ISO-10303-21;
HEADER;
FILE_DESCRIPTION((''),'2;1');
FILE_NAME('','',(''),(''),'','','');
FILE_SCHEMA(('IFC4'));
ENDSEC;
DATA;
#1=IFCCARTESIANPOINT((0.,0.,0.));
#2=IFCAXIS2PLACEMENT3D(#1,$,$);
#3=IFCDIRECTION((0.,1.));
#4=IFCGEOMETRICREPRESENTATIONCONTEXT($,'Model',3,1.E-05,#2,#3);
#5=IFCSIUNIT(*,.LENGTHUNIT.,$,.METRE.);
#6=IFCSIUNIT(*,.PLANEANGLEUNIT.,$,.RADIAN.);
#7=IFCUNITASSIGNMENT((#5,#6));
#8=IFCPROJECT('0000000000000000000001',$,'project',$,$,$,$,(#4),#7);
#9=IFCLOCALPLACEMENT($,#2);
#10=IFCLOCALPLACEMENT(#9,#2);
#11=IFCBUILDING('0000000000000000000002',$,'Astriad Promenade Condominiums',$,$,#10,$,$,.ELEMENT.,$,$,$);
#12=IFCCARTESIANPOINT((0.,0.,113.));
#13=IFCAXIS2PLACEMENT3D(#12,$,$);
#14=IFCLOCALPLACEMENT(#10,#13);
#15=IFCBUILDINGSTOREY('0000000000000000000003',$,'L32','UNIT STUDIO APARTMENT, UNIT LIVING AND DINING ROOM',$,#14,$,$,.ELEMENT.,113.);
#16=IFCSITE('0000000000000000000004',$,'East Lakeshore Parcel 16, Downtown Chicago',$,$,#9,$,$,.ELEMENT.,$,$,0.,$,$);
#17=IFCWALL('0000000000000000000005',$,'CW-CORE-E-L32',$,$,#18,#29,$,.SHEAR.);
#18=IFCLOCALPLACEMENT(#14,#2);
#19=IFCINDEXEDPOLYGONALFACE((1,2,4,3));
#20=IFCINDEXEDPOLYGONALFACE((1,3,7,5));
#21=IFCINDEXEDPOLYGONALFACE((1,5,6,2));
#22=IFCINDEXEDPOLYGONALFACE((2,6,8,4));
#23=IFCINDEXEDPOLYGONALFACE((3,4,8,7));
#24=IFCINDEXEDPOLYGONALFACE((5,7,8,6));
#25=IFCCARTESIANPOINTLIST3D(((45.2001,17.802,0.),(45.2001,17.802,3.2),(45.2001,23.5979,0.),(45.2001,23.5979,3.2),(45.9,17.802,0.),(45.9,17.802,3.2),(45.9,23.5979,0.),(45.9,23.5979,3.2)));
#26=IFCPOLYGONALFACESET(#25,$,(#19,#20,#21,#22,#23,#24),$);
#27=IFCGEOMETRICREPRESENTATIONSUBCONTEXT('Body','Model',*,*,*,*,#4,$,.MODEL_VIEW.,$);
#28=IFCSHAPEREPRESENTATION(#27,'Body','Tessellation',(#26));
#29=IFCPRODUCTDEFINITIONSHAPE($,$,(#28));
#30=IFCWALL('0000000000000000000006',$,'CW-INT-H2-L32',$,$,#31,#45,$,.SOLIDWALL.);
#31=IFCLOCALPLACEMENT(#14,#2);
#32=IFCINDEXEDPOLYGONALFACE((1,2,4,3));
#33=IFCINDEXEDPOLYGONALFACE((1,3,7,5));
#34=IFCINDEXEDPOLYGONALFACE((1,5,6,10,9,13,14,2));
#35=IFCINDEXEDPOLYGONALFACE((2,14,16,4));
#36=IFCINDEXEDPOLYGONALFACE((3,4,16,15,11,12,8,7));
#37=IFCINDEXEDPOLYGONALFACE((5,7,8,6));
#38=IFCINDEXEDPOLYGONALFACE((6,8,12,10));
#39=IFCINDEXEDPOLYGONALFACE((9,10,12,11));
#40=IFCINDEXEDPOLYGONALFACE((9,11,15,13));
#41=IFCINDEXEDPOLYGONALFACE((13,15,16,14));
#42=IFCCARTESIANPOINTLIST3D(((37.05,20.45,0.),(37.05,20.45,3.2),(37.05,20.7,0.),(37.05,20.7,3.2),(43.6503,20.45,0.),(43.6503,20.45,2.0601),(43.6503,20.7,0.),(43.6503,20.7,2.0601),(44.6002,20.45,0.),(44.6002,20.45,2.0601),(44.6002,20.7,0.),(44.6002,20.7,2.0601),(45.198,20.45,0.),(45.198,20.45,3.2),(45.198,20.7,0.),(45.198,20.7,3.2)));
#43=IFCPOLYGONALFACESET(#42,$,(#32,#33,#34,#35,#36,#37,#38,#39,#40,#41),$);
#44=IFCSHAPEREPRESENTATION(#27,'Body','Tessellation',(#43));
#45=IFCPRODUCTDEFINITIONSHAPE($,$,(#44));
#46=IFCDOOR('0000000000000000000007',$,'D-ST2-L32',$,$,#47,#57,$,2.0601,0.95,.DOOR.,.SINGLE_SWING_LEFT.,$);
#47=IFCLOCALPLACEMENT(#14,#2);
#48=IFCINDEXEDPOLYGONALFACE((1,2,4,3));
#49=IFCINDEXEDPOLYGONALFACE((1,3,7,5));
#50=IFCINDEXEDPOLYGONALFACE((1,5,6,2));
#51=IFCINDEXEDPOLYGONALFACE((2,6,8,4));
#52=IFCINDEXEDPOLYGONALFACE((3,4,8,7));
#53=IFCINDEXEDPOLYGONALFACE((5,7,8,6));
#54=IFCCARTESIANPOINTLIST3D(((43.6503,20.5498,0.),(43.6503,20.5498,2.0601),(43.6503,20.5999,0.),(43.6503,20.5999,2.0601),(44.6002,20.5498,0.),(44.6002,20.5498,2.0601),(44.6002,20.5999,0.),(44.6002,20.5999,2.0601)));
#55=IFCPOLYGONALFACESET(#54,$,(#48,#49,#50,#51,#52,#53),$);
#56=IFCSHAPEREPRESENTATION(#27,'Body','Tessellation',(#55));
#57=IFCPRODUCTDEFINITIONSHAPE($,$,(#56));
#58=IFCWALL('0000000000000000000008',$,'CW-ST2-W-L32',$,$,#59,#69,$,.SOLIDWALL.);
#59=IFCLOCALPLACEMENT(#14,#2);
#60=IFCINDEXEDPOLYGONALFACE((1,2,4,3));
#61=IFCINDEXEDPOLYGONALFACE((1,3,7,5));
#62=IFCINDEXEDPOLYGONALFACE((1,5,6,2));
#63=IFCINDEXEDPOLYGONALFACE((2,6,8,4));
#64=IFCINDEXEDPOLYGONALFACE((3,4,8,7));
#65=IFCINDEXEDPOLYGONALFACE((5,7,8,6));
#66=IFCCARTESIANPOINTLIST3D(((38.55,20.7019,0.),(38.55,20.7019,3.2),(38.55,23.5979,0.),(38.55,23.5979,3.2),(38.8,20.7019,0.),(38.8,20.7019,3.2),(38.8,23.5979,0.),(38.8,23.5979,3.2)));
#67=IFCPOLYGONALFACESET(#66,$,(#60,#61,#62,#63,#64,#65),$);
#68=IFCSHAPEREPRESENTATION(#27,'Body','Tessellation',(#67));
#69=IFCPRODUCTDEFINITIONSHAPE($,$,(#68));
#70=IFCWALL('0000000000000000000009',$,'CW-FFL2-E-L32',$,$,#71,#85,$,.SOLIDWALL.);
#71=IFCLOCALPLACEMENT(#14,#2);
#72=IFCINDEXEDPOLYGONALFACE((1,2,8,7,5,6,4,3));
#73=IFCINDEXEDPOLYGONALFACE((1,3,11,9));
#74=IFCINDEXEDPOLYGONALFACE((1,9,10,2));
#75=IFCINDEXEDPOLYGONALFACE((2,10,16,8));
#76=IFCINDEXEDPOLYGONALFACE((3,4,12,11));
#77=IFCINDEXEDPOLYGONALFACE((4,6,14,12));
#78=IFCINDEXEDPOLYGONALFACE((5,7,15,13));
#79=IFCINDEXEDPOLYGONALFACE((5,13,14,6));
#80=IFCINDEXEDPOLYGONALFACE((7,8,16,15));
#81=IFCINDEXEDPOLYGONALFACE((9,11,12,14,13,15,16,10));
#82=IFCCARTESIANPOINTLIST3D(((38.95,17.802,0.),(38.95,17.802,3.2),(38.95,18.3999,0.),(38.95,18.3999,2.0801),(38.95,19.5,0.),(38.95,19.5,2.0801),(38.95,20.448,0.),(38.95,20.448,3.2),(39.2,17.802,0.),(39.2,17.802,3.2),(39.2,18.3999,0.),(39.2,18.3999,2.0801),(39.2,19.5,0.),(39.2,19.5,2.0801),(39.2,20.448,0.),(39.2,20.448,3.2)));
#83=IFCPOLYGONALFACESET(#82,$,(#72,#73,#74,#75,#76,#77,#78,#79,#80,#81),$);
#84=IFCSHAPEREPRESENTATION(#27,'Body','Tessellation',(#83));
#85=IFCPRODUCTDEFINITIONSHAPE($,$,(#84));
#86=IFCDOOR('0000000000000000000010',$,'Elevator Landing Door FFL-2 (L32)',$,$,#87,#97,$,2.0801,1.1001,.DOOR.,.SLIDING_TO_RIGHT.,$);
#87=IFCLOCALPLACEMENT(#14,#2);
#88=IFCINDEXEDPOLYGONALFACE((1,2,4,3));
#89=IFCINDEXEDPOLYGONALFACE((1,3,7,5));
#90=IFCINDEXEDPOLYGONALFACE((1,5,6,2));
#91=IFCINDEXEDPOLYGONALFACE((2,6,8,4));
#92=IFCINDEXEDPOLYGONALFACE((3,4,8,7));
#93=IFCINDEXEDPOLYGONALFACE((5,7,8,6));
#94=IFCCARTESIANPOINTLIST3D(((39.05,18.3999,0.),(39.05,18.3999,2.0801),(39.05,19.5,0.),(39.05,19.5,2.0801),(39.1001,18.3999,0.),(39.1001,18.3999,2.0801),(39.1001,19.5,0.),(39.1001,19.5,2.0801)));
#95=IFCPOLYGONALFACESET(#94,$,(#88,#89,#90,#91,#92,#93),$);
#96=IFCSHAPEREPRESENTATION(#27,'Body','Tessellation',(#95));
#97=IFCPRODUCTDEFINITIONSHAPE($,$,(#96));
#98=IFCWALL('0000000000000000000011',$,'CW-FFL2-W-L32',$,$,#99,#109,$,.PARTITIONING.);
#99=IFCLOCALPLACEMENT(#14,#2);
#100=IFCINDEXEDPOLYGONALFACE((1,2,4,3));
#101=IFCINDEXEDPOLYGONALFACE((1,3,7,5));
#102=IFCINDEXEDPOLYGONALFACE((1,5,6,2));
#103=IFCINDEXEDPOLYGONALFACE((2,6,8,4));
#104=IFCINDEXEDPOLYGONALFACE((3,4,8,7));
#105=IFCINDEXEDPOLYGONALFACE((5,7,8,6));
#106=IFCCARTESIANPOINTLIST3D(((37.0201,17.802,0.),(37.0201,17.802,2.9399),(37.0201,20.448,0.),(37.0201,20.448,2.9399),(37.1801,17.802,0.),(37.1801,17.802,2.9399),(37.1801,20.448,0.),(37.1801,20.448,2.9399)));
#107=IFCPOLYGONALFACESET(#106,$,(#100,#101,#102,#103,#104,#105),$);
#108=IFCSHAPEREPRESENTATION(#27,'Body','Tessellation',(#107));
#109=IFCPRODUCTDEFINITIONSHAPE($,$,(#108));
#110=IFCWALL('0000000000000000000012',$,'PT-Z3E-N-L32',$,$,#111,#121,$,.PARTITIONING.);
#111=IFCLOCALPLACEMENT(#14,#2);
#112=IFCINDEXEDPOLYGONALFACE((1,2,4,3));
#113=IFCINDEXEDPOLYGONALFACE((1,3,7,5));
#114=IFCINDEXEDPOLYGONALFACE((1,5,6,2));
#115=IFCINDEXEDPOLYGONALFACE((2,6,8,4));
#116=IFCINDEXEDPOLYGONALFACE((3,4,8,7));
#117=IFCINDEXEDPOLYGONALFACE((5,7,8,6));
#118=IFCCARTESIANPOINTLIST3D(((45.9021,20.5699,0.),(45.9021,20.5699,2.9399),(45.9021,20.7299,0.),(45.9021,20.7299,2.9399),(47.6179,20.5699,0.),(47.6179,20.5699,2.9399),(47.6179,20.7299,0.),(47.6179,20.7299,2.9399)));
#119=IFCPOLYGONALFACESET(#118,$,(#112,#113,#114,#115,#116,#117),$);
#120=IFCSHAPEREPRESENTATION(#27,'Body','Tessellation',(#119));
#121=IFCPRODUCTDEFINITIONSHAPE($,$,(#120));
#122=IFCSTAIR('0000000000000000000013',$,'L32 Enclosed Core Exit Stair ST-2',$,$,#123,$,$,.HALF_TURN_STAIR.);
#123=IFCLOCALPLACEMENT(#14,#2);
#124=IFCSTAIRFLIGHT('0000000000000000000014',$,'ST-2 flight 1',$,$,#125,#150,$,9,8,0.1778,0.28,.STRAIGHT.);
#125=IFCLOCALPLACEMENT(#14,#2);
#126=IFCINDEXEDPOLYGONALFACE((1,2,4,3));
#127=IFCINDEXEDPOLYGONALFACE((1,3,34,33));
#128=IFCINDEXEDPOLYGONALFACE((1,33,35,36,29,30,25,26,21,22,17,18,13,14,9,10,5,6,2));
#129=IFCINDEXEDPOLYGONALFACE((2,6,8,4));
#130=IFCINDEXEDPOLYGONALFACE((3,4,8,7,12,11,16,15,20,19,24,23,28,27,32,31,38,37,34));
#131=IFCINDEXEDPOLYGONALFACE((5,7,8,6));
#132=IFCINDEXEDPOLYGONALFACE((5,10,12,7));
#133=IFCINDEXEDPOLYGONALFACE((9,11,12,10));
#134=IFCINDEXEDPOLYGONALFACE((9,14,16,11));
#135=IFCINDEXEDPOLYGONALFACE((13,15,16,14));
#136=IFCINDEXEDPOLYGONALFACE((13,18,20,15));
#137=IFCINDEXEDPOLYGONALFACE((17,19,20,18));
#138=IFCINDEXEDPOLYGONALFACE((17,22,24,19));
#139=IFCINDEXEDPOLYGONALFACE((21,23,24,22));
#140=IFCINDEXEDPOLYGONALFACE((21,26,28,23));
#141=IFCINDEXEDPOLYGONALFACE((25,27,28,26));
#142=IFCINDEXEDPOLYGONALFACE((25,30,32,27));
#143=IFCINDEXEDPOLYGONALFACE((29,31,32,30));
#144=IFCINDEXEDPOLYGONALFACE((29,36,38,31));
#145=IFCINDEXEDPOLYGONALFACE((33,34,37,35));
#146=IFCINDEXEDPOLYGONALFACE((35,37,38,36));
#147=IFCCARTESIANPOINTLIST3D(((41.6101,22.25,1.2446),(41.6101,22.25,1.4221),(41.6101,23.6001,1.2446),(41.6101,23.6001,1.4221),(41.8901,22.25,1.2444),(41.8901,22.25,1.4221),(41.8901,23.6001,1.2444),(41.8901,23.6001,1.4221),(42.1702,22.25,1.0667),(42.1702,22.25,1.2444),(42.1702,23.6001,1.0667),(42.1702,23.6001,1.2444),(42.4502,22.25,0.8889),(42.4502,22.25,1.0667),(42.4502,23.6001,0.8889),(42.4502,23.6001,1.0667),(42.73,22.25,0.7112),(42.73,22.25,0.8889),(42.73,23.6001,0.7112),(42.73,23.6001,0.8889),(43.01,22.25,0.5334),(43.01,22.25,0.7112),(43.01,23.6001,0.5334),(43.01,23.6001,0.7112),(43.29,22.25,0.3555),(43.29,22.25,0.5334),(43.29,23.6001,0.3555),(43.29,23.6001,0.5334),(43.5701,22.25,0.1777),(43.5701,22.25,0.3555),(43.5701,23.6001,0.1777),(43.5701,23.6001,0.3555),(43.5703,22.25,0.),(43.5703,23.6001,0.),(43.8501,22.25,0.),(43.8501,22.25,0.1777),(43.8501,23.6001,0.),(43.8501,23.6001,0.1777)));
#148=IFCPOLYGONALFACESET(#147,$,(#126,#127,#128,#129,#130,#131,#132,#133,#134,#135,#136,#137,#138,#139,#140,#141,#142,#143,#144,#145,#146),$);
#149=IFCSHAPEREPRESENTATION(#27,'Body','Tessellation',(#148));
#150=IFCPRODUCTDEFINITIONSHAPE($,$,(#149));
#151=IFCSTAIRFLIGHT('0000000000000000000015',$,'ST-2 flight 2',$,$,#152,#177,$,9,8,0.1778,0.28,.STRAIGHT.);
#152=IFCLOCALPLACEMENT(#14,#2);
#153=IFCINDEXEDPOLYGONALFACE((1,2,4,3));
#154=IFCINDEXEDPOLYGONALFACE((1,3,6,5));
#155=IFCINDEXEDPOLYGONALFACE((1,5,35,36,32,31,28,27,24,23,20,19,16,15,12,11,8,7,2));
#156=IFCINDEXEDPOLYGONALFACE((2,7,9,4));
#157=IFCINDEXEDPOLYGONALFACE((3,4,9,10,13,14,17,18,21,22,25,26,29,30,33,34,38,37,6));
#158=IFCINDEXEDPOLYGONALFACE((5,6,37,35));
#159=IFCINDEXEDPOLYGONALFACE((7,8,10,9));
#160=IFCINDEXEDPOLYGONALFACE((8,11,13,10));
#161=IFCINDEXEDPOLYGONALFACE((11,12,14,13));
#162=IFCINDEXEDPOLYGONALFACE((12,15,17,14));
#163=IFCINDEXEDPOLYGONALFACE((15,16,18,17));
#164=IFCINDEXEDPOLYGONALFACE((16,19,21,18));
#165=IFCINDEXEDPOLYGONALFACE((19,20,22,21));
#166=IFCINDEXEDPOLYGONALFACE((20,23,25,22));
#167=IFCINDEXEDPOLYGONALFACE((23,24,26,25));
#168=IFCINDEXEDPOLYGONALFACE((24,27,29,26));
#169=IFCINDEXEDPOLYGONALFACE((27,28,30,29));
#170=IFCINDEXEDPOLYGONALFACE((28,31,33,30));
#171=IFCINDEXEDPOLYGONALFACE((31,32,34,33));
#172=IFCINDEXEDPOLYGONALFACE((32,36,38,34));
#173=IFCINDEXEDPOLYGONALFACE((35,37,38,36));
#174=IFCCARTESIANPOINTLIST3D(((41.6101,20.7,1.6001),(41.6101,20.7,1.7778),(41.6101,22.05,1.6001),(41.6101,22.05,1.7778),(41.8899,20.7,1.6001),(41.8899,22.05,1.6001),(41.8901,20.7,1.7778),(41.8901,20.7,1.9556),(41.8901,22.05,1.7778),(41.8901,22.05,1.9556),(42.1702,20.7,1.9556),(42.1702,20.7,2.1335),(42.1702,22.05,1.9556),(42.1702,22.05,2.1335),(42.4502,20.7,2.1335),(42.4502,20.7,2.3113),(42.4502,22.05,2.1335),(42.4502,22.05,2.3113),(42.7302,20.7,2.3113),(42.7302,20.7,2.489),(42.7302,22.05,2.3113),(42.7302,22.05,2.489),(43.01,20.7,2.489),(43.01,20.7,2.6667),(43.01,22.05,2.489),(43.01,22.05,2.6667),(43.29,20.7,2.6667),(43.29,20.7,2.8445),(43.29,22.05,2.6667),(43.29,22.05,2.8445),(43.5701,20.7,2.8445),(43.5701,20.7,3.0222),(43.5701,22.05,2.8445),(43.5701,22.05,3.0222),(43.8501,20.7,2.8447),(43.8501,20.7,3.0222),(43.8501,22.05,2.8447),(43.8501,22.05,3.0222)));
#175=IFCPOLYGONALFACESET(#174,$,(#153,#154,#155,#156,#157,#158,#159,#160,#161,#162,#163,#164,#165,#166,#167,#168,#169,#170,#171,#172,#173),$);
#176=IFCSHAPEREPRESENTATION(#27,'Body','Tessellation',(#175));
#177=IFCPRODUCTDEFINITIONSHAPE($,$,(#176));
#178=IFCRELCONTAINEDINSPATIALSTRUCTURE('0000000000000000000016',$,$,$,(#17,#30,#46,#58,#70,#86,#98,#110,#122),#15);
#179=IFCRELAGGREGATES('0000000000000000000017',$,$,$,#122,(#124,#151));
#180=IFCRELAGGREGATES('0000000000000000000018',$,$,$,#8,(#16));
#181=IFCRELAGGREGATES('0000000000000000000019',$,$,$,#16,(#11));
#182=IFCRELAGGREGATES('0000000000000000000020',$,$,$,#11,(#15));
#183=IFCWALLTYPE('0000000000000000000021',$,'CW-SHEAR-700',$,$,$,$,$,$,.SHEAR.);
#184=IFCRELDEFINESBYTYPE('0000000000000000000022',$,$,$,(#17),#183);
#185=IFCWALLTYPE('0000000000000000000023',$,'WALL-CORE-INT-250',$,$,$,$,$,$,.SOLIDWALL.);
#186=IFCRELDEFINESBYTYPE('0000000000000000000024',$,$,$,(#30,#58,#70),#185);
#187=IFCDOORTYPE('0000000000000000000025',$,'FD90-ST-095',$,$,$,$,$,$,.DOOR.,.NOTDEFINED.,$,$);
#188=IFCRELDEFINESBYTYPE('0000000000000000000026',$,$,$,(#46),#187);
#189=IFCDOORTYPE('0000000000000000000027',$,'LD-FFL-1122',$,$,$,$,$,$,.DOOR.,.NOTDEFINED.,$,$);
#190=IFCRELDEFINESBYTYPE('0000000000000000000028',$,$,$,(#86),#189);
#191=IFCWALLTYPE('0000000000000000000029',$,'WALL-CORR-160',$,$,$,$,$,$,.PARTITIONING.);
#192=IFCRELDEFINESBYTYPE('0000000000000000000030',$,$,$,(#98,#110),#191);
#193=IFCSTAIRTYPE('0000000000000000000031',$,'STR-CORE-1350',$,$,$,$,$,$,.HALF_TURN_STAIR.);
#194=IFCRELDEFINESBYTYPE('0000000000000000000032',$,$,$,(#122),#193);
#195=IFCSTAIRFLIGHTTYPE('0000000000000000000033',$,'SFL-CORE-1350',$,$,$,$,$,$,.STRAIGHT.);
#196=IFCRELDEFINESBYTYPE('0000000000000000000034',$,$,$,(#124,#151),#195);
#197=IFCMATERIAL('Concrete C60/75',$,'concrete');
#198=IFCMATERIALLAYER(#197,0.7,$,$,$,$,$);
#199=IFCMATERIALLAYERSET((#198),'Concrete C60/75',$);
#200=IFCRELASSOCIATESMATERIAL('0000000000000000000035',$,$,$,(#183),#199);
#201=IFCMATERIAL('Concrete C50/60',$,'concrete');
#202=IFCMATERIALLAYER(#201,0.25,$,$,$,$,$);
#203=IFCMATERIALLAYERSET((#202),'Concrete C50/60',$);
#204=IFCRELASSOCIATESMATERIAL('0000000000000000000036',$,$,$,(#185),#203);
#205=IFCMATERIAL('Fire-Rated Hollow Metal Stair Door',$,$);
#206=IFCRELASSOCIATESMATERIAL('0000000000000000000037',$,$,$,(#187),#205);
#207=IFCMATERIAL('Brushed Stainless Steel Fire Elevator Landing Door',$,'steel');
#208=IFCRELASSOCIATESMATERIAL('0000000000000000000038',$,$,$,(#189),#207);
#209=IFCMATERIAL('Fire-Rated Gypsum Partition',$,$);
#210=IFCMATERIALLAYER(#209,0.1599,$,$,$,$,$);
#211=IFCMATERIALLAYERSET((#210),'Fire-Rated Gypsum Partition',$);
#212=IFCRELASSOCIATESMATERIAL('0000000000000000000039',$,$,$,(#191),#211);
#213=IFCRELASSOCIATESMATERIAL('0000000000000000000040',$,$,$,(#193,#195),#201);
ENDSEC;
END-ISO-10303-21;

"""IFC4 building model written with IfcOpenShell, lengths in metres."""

from ifc_helpers import new_model, si_unit, direction, frame, frame_2d, origin, place, context, subcontext, project, spatial, polyline, rectangle, outline, extrude, source, transform, mapped, material, layer, layer_set, type_object, type_shapes, element, fill, aggregate, save


model = new_model("IFC4")

# Units and contexts
model_context = context("Model", 3, precision=1e-05, world=origin(), true_north=direction((0.0, 1.0)))
body_context = subcontext(model_context, "Body", "Model", "MODEL_VIEW")
ifc_project = project(units=[si_unit("LENGTHUNIT", "METRE"), si_unit("PLANEANGLEUNIT", "RADIAN")], contexts=[model_context])

# Site, building, storey
site_placement = place(None, origin())
site = spatial("IfcSite", under=ifc_project, at=site_placement, Name="East Lakeshore Parcel 16, Downtown Chicago", CompositionType="ELEMENT", RefElevation=0.0)
building_placement = place(site_placement, origin())
building = spatial("IfcBuilding", under=site, at=building_placement, Name="Astriad Promenade Condominiums", CompositionType="ELEMENT")
storey_placement = place(building_placement, frame((0.0, 0.0, 113.0)))
storey = spatial("IfcBuildingStorey", under=building, at=storey_placement, Name="L32", Description="UNIT STUDIO APARTMENT, UNIT LIVING AND DINING ROOM", CompositionType="ELEMENT", Elevation=113.0)

# Wall
ifc_material_1 = material(Name="Concrete C60/75", Category="concrete")
ifc_layer_1 = layer(ifc_material_1, 0.7)
ifc_layer_set_1 = layer_set([ifc_layer_1], Name="Concrete C60/75")
wall_type_1 = type_object("IfcWallType", Name="CW-SHEAR-700", PredefinedType="SHEAR", material=ifc_layer_set_1)
wall_1_placement = place(storey_placement, frame((45.55, 17.802, 0.0), z_axis=(0.0, 0.0, 1.0), x_axis=(0.0, 1.0, 0.0)))
element("IfcWall", 1, at=wall_1_placement, inside=storey, type_object=wall_type_1, Name="CW-CORE-E-L32", PredefinedType="SHEAR", context=body_context, shape_type="SweptSolid", body=[
    extrude(rectangle(XDim=5.7959, YDim=0.7, at=frame_2d((2.8979, 0.0))), origin(), (0.0, 0.0, 1.0), 3.2),
])

# Wall, opening, door
ifc_material_2 = material(Name="Concrete C50/60", Category="concrete")
ifc_layer_2 = layer(ifc_material_2, 0.25)
ifc_layer_set_2 = layer_set([ifc_layer_2], Name="Concrete C50/60")
wall_type_2 = type_object("IfcWallType", Name="WALL-CORE-INT-250", PredefinedType="SOLIDWALL", material=ifc_layer_set_2)
wall_2_placement = place(storey_placement, frame((37.05, 20.575, 0.0), z_axis=(0.0, 0.0, 1.0), x_axis=(1.0, 0.0, 0.0)))
wall_2 = element("IfcWall", 2, at=wall_2_placement, inside=storey, type_object=wall_type_2, Name="CW-INT-H2-L32", PredefinedType="SOLIDWALL", context=body_context, shape_type="SweptSolid", body=[
    extrude(rectangle(XDim=8.1479, YDim=0.25, at=frame_2d((4.074, 0.0))), origin(), (0.0, 0.0, 1.0), 3.2),
])
opening_1_placement = place(wall_2_placement, frame((6.6001, 0.0, 0.0)))
opening_1 = element("IfcOpeningElement", 3, at=opening_1_placement, cuts=wall_2, PredefinedType="OPENING", context=body_context, shape_type="SweptSolid", body=[
    extrude(rectangle(XDim=0.95, YDim=2.0601, at=frame_2d((0.4751, 1.03))), frame((0.0, 0.135, 0.0), z_axis=(0.0, -1.0, 0.0), x_axis=(1.0, 0.0, 0.0)), (0.0, 0.0, 1.0), 0.27),
])
ifc_material_3 = material(Name="Fire-Rated Hollow Metal Stair Door")
door_type_1 = type_object("IfcDoorType", Name="FD90-ST-095", OperationType="NOTDEFINED", PredefinedType="DOOR", material=ifc_material_3)
shared_shape_1 = source(origin(), body_context, "Body", "SweptSolid", [
    extrude(rectangle(XDim=0.95, YDim=2.0601, at=frame_2d((0.4751, 1.03))), frame((0.0, 0.0249, 0.0), z_axis=(0.0, -1.0, 0.0), x_axis=(1.0, 0.0, 0.0)), (0.0, 0.0, 1.0), 0.05),
])
type_shapes(door_type_1, [shared_shape_1])
door_1_placement = place(opening_1_placement, origin())
door_1 = element("IfcDoor", 4, at=door_1_placement, inside=storey, type_object=door_type_1, Name="D-ST2-L32", OperationType="SINGLE_SWING_LEFT", OverallHeight=2.0601, OverallWidth=0.95, PredefinedType="DOOR", context=body_context, shape_type="MappedRepresentation", body=[
    mapped(shared_shape_1, transform((0.0, 0.0, 0.0), scale=1.0)),
])
fill(opening_1, door_1)

# Wall
wall_3_placement = place(storey_placement, frame((38.675, 20.7019, 0.0), z_axis=(0.0, 0.0, 1.0), x_axis=(0.0, 1.0, 0.0)))
element("IfcWall", 5, at=wall_3_placement, inside=storey, type_object=wall_type_2, Name="CW-ST2-W-L32", PredefinedType="SOLIDWALL", context=body_context, shape_type="SweptSolid", body=[
    extrude(rectangle(XDim=2.896, YDim=0.25, at=frame_2d((1.448, 0.0))), origin(), (0.0, 0.0, 1.0), 3.2),
])

# Wall, opening, door
wall_4_placement = place(storey_placement, frame((39.075, 17.802, 0.0), z_axis=(0.0, 0.0, 1.0), x_axis=(0.0, 1.0, 0.0)))
wall_4 = element("IfcWall", 6, at=wall_4_placement, inside=storey, type_object=wall_type_2, Name="CW-FFL2-E-L32", PredefinedType="SOLIDWALL", context=body_context, shape_type="SweptSolid", body=[
    extrude(rectangle(XDim=2.646, YDim=0.25, at=frame_2d((1.323, 0.0))), origin(), (0.0, 0.0, 1.0), 3.2),
])
opening_2_placement = place(wall_4_placement, frame((0.5979, 0.0, 0.0)))
opening_2 = element("IfcOpeningElement", 7, at=opening_2_placement, cuts=wall_4, PredefinedType="OPENING", context=body_context, shape_type="SweptSolid", body=[
    extrude(rectangle(XDim=1.1001, YDim=2.0801, at=frame_2d((0.55, 1.04))), frame((0.0, 0.135, 0.0), z_axis=(0.0, -1.0, 0.0), x_axis=(1.0, 0.0, 0.0)), (0.0, 0.0, 1.0), 0.27),
])
ifc_material_4 = material(Name="Brushed Stainless Steel Fire Elevator Landing Door", Category="steel")
door_type_2 = type_object("IfcDoorType", Name="LD-FFL-1122", OperationType="NOTDEFINED", PredefinedType="DOOR", material=ifc_material_4)
shared_shape_2 = source(origin(), body_context, "Body", "SweptSolid", [
    extrude(rectangle(XDim=1.1001, YDim=2.0801, at=frame_2d((0.55, 1.04))), frame((0.0, 0.0249, 0.0), z_axis=(0.0, -1.0, 0.0), x_axis=(1.0, 0.0, 0.0)), (0.0, 0.0, 1.0), 0.05),
])
type_shapes(door_type_2, [shared_shape_2])
door_2_placement = place(opening_2_placement, origin())
door_2 = element("IfcDoor", 8, at=door_2_placement, inside=storey, type_object=door_type_2, Name="Elevator Landing Door FFL-2 (L32)", OperationType="SLIDING_TO_RIGHT", OverallHeight=2.0801, OverallWidth=1.1001, PredefinedType="DOOR", context=body_context, shape_type="MappedRepresentation", body=[
    mapped(shared_shape_2, transform((0.0, 0.0, 0.0), scale=1.0)),
])
fill(opening_2, door_2)

# Walls
ifc_material_5 = material(Name="Fire-Rated Gypsum Partition")
ifc_layer_3 = layer(ifc_material_5, 0.1599)
ifc_layer_set_3 = layer_set([ifc_layer_3], Name="Fire-Rated Gypsum Partition")
wall_type_3 = type_object("IfcWallType", Name="WALL-CORR-160", PredefinedType="PARTITIONING", material=ifc_layer_set_3)
wall_5_placement = place(storey_placement, frame((37.1001, 17.802, 0.0), z_axis=(0.0, 0.0, 1.0), x_axis=(0.0, 1.0, 0.0)))
element("IfcWall", 9, at=wall_5_placement, inside=storey, type_object=wall_type_3, Name="CW-FFL2-W-L32", PredefinedType="PARTITIONING", context=body_context, shape_type="SweptSolid", body=[
    extrude(rectangle(XDim=2.646, YDim=0.1599, at=frame_2d((1.323, 0.0))), origin(), (0.0, 0.0, 1.0), 2.9399),
])
wall_6_placement = place(storey_placement, frame((45.9021, 20.6499, 0.0), z_axis=(0.0, 0.0, 1.0), x_axis=(1.0, 0.0, 0.0)))
element("IfcWall", 10, at=wall_6_placement, inside=storey, type_object=wall_type_3, Name="PT-Z3E-N-L32", PredefinedType="PARTITIONING", context=body_context, shape_type="SweptSolid", body=[
    extrude(rectangle(XDim=1.7158, YDim=0.1599, at=frame_2d((0.8579, 0.0))), origin(), (0.0, 0.0, 1.0), 2.9399),
])

# Stair, stair flights
stair_type = type_object("IfcStairType", Name="STR-CORE-1350", PredefinedType="HALF_TURN_STAIR", material=ifc_material_2)
stair_placement = place(storey_placement, origin())
stair = element("IfcStair", 11, at=stair_placement, inside=storey, type_object=stair_type, Name="L32 Enclosed Core Exit Stair ST-2", PredefinedType="HALF_TURN_STAIR")
stair_flight_type = type_object("IfcStairFlightType", Name="SFL-CORE-1350", PredefinedType="STRAIGHT", material=ifc_material_2)
shared_shape_3 = source(origin(), body_context, "Body", "SweptSolid", [
    extrude(outline(polyline([(0.0, 0.0), (0.0, 0.1777), (0.28, 0.1777), (0.28, 0.3555), (0.5601, 0.3555), (0.5601, 0.5334), (0.8401, 0.5334), (0.8401, 0.7112), (1.1201, 0.7112), (1.1201, 0.8889), (1.3999, 0.8889), (1.3999, 1.0667), (1.6799, 1.0667), (1.6799, 1.2444), (1.96, 1.2444), (1.96, 1.4221), (2.24, 1.4221), (2.24, 1.6001), (2.24, 1.2446), (0.2798, 0.0), (0.0, 0.0)])), frame((0.0, 0.675, 0.0), z_axis=(0.0, -1.0, 0.0), x_axis=(1.0, 0.0, 0.0)), (0.0, 0.0, 1.0), 1.3501),
])
type_shapes(stair_flight_type, [shared_shape_3])
stair_flight_1_placement = place(storey_placement, frame((43.8501, 22.925, 0.0), z_axis=(0.0, 0.0, 1.0), x_axis=(-1.0, 0.0, 0.0)))
stair_flight_1 = element("IfcStairFlight", 12, at=stair_flight_1_placement, type_object=stair_flight_type, Name="ST-2 flight 1", NumberOfRisers=9, NumberOfTreads=8, PredefinedType="STRAIGHT", RiserHeight=0.1778, TreadLength=0.28, context=body_context, shape_type="MappedRepresentation", body=[
    mapped(shared_shape_3, transform((0.0, 0.0, 0.0), scale=1.0)),
])
stair_flight_2_placement = place(storey_placement, frame((41.6101, 21.375, 1.6001), z_axis=(0.0, 0.0, 1.0), x_axis=(1.0, 0.0, 0.0)))
stair_flight_2 = element("IfcStairFlight", 13, at=stair_flight_2_placement, type_object=stair_flight_type, Name="ST-2 flight 2", NumberOfRisers=9, NumberOfTreads=8, PredefinedType="STRAIGHT", RiserHeight=0.1778, TreadLength=0.28, context=body_context, shape_type="MappedRepresentation", body=[
    mapped(shared_shape_3, transform((0.0, 0.0, 0.0), scale=1.0)),
])
aggregate(stair, [stair_flight_1, stair_flight_2])

save(model, "model.ifc")
